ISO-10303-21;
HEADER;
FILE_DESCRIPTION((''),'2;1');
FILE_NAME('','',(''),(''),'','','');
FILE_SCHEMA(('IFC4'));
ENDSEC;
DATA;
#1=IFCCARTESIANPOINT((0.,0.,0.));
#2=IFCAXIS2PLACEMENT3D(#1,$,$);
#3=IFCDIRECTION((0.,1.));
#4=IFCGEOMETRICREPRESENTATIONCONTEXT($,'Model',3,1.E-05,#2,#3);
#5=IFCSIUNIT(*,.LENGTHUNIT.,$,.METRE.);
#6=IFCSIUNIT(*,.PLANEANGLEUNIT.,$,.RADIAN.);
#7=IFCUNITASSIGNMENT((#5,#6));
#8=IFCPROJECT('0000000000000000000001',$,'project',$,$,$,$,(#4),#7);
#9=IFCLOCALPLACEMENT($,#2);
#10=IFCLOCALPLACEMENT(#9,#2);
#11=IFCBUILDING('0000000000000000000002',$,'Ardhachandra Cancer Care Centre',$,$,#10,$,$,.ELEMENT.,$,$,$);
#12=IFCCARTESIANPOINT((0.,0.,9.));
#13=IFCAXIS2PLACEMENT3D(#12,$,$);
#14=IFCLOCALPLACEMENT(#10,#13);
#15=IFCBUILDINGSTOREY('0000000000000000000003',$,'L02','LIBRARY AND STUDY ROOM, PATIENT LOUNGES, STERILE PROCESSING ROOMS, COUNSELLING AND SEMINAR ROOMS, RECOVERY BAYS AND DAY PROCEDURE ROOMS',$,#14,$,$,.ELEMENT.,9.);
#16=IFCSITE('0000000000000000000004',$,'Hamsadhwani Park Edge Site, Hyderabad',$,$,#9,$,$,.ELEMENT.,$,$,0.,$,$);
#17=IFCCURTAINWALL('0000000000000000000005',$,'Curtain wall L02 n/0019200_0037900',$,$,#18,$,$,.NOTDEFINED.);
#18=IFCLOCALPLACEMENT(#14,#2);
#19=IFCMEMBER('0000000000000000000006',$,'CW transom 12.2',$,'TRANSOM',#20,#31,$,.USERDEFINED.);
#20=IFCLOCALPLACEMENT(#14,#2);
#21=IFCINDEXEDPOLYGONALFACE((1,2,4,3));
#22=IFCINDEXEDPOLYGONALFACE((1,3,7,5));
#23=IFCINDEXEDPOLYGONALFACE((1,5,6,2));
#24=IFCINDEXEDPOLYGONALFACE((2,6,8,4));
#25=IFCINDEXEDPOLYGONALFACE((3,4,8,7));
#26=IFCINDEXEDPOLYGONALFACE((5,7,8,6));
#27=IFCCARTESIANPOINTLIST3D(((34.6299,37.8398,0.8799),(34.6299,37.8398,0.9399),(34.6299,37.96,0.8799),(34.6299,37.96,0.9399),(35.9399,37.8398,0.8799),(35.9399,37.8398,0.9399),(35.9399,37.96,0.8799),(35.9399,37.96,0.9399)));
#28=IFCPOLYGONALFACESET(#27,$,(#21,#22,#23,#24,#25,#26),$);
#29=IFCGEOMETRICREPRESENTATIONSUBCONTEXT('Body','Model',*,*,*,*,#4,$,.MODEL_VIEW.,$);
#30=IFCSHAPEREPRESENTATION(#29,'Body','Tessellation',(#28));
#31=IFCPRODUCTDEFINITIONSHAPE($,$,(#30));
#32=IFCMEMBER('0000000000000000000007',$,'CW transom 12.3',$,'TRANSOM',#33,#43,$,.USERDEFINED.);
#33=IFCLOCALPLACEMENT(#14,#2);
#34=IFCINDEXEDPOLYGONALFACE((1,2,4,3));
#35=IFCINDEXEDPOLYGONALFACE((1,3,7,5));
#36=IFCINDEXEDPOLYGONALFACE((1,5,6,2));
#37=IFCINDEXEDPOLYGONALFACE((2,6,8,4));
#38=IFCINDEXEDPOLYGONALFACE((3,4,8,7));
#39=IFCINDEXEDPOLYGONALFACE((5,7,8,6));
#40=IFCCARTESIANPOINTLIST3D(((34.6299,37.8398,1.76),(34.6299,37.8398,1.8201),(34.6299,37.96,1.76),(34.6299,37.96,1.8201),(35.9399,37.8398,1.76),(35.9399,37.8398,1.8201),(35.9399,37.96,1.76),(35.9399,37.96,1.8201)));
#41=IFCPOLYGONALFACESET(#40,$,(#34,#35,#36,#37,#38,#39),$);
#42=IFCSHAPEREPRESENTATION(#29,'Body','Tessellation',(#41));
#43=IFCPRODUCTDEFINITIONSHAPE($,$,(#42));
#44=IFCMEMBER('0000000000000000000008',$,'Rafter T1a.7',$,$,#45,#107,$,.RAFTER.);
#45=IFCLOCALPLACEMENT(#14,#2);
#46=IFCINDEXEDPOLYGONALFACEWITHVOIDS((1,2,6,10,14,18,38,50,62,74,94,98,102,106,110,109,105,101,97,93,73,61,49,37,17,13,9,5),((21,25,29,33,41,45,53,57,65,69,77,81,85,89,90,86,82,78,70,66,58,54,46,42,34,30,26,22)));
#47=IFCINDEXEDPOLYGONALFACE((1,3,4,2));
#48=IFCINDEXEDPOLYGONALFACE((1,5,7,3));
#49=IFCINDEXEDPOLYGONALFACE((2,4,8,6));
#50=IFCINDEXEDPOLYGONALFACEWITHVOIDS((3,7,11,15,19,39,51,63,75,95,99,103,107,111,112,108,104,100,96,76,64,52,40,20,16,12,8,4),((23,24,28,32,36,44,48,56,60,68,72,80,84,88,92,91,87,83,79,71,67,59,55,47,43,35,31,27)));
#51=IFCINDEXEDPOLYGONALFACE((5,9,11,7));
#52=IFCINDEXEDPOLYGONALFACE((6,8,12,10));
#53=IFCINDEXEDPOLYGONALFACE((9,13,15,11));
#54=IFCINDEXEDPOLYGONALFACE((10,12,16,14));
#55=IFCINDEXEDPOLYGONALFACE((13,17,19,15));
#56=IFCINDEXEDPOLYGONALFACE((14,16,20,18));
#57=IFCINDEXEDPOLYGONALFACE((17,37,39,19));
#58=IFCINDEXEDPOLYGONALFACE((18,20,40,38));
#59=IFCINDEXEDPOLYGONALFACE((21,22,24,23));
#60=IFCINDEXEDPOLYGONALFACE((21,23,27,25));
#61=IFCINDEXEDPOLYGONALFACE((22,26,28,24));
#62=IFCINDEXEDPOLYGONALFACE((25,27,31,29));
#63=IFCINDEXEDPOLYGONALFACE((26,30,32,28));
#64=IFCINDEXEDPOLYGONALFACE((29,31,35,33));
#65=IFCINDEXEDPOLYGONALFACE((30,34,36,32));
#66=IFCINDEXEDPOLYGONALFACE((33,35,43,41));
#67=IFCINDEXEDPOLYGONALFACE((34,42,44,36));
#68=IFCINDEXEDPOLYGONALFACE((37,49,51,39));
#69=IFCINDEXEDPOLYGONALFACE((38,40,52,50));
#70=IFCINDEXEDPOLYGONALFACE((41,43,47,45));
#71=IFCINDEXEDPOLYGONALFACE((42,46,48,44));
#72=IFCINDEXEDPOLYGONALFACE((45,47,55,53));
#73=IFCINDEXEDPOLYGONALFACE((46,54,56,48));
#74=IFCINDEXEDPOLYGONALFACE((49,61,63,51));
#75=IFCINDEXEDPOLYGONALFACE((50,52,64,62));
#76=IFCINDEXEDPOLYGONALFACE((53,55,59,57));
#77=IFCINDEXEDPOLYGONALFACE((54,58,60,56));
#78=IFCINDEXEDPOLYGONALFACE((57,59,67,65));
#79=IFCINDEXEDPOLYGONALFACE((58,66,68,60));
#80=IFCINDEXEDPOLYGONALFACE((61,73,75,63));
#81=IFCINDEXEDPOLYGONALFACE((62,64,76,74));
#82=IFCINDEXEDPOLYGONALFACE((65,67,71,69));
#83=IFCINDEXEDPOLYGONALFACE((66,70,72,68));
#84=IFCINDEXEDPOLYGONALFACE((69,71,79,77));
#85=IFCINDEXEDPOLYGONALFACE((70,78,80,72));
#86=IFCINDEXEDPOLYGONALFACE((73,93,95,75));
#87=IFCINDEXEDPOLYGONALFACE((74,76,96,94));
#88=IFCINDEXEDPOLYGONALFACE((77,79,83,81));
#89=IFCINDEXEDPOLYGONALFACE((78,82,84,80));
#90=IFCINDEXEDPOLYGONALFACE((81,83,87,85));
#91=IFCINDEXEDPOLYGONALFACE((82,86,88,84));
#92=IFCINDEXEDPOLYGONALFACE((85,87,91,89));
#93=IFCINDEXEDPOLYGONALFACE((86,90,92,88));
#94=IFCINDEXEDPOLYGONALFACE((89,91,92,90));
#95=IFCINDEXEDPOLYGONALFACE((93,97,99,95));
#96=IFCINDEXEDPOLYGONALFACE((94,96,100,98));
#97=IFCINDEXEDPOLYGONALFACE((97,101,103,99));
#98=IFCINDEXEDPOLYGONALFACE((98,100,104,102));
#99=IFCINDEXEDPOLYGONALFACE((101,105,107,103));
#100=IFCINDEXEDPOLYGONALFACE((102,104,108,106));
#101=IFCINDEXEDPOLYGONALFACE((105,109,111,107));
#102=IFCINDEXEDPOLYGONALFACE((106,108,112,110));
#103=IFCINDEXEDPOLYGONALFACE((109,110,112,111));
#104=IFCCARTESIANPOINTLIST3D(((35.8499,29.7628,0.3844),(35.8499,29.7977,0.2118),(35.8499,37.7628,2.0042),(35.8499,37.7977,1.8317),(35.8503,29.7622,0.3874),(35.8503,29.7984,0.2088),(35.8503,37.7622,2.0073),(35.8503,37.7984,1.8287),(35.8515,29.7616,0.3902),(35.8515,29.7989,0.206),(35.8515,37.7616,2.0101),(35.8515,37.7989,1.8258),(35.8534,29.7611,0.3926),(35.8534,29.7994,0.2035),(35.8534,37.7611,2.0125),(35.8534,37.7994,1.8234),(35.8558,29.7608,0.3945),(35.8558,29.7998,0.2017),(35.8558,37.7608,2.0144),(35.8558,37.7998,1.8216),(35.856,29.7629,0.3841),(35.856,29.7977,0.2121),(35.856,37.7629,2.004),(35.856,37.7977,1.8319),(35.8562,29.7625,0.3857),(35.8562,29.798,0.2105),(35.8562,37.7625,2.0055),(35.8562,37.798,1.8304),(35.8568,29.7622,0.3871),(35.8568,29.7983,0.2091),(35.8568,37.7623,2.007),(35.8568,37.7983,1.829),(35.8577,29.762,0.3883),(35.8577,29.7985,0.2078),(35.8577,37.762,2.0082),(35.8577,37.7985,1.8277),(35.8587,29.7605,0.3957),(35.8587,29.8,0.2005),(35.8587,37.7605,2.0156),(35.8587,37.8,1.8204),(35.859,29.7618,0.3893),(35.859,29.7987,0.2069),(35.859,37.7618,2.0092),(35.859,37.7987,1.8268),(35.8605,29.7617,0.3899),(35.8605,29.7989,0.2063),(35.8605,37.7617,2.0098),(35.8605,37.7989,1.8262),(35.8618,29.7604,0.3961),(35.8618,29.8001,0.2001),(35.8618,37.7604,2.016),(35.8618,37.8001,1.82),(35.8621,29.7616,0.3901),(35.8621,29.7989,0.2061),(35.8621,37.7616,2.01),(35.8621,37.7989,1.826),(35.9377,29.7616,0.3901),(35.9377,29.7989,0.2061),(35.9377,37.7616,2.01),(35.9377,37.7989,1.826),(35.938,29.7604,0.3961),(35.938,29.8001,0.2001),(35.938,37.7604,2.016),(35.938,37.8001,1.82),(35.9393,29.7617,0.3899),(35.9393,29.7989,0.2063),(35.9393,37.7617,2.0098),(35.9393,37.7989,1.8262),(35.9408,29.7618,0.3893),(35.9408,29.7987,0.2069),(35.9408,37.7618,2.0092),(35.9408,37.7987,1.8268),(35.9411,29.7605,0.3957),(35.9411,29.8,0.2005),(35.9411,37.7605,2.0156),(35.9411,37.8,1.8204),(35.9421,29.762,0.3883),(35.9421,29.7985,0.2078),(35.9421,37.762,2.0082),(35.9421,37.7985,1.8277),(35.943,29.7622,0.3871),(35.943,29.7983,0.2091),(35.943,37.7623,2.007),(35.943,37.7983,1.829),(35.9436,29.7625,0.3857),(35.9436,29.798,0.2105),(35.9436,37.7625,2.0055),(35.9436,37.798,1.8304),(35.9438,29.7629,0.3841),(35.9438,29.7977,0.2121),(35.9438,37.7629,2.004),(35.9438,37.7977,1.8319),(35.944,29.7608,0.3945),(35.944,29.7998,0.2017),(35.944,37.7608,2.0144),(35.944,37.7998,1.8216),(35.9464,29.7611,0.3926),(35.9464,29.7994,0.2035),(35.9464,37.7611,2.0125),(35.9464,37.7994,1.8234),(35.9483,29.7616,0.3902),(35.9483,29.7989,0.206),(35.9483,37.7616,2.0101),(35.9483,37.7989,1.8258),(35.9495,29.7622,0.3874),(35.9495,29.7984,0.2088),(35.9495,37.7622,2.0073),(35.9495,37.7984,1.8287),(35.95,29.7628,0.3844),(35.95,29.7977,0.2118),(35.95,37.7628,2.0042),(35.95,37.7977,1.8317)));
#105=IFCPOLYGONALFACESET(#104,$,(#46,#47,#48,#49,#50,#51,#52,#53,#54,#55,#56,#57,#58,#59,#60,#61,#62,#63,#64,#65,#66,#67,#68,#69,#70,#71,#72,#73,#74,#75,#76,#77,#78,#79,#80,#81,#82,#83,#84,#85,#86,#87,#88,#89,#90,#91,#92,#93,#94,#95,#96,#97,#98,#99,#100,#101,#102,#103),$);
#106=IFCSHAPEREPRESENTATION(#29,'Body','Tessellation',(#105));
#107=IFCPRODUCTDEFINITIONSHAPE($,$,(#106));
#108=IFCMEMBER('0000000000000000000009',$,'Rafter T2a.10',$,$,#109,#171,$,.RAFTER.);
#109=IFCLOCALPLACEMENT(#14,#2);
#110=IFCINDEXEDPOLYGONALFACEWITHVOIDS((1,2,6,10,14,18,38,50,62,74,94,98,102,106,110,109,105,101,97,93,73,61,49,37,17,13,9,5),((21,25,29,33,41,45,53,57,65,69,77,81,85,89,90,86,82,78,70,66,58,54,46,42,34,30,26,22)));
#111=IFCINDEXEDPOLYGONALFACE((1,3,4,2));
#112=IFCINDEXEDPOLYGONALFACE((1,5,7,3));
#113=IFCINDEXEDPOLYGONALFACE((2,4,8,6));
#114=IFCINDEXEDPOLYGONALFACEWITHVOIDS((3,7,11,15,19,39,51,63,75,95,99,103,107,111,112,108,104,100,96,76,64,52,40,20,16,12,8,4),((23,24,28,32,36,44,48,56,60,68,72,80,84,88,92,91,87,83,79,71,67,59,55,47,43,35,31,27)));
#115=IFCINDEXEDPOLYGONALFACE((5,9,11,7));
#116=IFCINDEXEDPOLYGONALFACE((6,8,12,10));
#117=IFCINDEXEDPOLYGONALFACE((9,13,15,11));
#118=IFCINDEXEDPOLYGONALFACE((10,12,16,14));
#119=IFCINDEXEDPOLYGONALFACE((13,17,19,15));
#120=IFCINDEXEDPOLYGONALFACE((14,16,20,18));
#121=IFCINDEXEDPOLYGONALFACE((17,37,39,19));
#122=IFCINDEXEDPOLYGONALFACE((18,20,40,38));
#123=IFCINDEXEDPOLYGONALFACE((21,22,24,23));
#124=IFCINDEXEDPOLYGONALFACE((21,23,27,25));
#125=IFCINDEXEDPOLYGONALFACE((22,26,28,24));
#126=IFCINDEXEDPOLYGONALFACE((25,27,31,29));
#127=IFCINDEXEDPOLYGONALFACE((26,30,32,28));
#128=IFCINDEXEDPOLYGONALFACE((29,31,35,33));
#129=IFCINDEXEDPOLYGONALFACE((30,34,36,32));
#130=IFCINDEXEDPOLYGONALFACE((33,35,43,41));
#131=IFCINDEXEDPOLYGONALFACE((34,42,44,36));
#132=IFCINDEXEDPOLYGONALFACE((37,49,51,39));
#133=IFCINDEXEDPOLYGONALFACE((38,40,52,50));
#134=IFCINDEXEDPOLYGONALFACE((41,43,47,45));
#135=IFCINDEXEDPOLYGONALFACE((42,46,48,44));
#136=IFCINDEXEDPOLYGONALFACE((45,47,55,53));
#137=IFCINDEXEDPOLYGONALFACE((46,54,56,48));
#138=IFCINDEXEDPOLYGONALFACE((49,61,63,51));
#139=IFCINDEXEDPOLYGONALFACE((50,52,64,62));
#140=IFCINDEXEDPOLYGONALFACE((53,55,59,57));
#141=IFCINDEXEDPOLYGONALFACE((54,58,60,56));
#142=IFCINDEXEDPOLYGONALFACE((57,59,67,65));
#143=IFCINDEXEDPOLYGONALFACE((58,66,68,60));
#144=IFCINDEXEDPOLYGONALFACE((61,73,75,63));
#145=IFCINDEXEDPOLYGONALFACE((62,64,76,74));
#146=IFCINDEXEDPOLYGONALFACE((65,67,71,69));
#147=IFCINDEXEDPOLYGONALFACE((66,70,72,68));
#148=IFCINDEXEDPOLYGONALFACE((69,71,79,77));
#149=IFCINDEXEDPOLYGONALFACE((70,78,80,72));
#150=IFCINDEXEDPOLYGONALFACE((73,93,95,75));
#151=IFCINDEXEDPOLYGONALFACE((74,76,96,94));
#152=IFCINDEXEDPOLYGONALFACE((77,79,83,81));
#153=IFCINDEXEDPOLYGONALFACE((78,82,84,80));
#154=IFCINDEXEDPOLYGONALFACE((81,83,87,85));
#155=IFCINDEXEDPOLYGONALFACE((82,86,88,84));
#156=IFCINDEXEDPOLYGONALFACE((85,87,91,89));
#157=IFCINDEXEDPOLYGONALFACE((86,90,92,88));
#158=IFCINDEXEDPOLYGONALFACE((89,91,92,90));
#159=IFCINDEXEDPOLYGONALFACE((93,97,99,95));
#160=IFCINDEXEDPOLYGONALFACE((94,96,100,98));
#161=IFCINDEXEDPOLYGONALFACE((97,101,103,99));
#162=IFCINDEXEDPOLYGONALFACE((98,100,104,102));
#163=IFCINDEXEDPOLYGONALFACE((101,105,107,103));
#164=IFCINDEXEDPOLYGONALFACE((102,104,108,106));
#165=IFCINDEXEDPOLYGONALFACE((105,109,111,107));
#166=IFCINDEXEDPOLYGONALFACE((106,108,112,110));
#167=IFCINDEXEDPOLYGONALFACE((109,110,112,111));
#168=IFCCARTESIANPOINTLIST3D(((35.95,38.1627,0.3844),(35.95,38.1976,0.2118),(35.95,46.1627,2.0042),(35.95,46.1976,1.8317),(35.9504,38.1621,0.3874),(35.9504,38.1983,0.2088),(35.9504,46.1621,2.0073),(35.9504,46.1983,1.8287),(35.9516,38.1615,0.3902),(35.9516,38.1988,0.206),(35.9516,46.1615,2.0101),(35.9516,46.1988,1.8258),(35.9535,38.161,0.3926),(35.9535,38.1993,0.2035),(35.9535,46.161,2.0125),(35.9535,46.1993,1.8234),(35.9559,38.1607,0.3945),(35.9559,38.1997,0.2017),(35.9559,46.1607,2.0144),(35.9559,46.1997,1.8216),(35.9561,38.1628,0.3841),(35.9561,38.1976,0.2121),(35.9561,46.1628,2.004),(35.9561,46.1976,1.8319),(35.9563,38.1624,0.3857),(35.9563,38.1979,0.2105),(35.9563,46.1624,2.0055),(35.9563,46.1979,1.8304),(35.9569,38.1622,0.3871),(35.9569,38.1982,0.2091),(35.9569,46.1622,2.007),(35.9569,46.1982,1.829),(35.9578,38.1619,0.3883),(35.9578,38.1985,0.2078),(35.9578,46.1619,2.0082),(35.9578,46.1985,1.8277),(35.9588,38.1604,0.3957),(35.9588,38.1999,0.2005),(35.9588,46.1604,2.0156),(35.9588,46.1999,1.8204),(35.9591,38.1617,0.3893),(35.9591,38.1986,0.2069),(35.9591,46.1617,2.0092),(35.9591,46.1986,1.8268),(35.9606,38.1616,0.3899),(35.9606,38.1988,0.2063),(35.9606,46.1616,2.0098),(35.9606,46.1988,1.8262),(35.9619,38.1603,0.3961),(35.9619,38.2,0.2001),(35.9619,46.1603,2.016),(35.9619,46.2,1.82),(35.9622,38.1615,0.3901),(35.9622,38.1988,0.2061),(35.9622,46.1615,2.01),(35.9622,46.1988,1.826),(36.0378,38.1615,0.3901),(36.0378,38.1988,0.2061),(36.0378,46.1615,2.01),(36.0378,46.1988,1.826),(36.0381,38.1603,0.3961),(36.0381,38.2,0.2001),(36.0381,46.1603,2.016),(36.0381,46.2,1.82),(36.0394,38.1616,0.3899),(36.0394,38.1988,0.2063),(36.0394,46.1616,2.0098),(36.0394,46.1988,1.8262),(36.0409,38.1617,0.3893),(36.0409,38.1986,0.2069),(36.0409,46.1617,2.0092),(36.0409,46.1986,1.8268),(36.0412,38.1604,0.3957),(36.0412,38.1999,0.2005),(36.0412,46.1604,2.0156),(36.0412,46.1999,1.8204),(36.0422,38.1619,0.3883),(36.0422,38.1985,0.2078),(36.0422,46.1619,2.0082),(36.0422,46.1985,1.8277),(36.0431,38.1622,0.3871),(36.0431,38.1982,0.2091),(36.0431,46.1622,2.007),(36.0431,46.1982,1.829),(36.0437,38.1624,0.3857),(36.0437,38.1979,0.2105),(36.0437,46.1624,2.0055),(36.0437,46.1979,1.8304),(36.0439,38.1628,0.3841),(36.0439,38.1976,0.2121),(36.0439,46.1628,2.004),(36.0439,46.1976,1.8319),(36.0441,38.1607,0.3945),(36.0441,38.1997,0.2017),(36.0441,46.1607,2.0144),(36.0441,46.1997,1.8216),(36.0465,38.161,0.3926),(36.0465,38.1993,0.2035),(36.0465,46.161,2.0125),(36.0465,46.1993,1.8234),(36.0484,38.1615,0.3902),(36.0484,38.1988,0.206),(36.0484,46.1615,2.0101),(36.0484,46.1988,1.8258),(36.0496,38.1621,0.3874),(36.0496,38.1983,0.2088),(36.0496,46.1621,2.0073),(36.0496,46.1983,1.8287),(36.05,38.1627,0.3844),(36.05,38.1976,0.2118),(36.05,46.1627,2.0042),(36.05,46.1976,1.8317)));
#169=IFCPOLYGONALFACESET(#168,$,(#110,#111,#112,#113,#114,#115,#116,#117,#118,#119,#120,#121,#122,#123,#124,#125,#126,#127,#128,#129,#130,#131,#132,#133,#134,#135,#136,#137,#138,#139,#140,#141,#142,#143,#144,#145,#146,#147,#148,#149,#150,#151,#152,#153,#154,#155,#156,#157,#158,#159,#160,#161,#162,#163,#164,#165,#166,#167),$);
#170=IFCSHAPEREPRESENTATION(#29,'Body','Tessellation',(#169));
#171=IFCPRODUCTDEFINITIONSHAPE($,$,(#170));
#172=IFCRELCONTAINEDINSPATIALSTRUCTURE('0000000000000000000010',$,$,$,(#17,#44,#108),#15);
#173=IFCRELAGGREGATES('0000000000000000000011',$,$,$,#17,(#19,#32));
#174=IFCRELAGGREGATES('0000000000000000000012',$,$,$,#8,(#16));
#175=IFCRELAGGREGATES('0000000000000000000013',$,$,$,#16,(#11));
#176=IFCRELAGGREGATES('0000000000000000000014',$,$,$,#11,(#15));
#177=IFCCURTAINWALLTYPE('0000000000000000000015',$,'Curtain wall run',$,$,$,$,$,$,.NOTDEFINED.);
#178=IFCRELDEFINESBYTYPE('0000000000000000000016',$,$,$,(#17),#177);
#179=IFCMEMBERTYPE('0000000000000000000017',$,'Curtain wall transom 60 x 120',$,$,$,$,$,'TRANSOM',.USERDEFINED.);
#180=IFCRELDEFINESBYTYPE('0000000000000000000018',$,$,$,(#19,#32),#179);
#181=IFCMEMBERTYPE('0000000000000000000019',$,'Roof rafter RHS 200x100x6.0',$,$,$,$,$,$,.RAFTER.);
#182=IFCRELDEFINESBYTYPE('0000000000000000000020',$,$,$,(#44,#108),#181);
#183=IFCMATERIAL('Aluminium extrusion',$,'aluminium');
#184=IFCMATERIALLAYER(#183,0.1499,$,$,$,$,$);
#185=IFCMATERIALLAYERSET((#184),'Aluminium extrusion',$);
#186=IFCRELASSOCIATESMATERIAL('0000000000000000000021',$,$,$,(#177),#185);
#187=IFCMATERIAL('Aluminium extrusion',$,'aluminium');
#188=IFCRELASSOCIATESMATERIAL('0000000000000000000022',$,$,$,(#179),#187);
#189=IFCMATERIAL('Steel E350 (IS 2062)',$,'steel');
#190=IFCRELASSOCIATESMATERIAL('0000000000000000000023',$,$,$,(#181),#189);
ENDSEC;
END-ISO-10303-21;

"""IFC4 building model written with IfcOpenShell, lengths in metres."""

from ifc_helpers import new_model, si_unit, direction, frame, origin, origin_2d, place, context, subcontext, project, spatial, rectangle, hollow_rectangle, extrude, material, layer, layer_set, material_profile, profile_set, type_object, element, aggregate, save


model = new_model("IFC4")

# Units and contexts
model_context = context("Model", 3, precision=1e-05, world=origin(), true_north=direction((0.0, 1.0)))
body_context = subcontext(model_context, "Body", "Model", "MODEL_VIEW")
ifc_project = project(units=[si_unit("LENGTHUNIT", "METRE"), si_unit("PLANEANGLEUNIT", "RADIAN")], contexts=[model_context])

# Site, building, storey
site_placement = place(None, origin())
site = spatial("IfcSite", under=ifc_project, at=site_placement, Name="Hamsadhwani Park Edge Site, Hyderabad", CompositionType="ELEMENT", RefElevation=0.0)
building_placement = place(site_placement, origin())
building = spatial("IfcBuilding", under=site, at=building_placement, Name="Ardhachandra Cancer Care Centre", CompositionType="ELEMENT")
storey_placement = place(building_placement, frame((0.0, 0.0, 9.0)))
storey = spatial("IfcBuildingStorey", under=building, at=storey_placement, Name="L02", Description="LIBRARY AND STUDY ROOM, PATIENT LOUNGES, STERILE PROCESSING ROOMS, COUNSELLING AND SEMINAR ROOMS, RECOVERY BAYS AND DAY PROCEDURE ROOMS", CompositionType="ELEMENT", Elevation=9.0)

# Curtain wall, members
ifc_material_1 = material(Name="Aluminium extrusion", Category="aluminium")
ifc_layer_1 = layer(ifc_material_1, 0.1499)
ifc_layer_set_1 = layer_set([ifc_layer_1], Name="Aluminium extrusion")
curtain_wall_type = type_object("IfcCurtainWallType", Name="Curtain wall run", PredefinedType="NOTDEFINED", material=ifc_layer_set_1)
curtain_wall_1_placement = place(storey_placement, origin())
curtain_wall_1 = element("IfcCurtainWall", 1, at=curtain_wall_1_placement, inside=storey, type_object=curtain_wall_type, Name="Curtain wall L02 n/0019200_0037900", PredefinedType="NOTDEFINED")
ifc_material_2 = material(Name="Aluminium extrusion", Category="aluminium")
ifc_material_profile_1 = material_profile(ifc_material_2, rectangle(XDim=0.1201, YDim=0.0601, at=origin_2d()), Name="Curtain wall transom 60 x 120")
ifc_profile_set_1 = profile_set([ifc_material_profile_1], Name="Aluminium extrusion")
member_type_1 = type_object("IfcMemberType", Name="Curtain wall transom 60 x 120", ElementType="TRANSOM", PredefinedType="USERDEFINED", material=ifc_profile_set_1)
member_1_placement = place(storey_placement, frame((34.6299, 37.8999, 0.9099), z_axis=(1.0, 0.0, 0.0), x_axis=(0.0, 1.0, 0.0)))
member_1 = element("IfcMember", 2, at=member_1_placement, type_object=member_type_1, Name="CW transom 12.2", ObjectType="TRANSOM", PredefinedType="USERDEFINED", context=body_context, shape_type="SweptSolid", body=[
    extrude(rectangle(XDim=0.1201, YDim=0.0601, at=origin_2d()), origin(), (0.0, 0.0, 1.0), 1.3101),
])
member_2_placement = place(storey_placement, frame((34.6299, 37.8999, 1.79), z_axis=(1.0, 0.0, 0.0), x_axis=(0.0, 1.0, 0.0)))
member_2 = element("IfcMember", 3, at=member_2_placement, type_object=member_type_1, Name="CW transom 12.3", ObjectType="TRANSOM", PredefinedType="USERDEFINED", context=body_context, shape_type="SweptSolid", body=[
    extrude(rectangle(XDim=0.1201, YDim=0.0601, at=origin_2d()), origin(), (0.0, 0.0, 1.0), 1.3101),
])

# Members
ifc_material_3 = material(Name="Steel E350 (IS 2062)", Category="steel")
ifc_material_profile_2 = material_profile(ifc_material_3, hollow_rectangle(XDim=0.1001, YDim=0.2, WallThickness=0.0061, InnerFilletRadius=0.0061, OuterFilletRadius=0.012, at=origin_2d()), Name="RHS 200x100x6.0")
ifc_profile_set_2 = profile_set([ifc_material_profile_2], Name="Steel E350 (IS 2062)")
member_type_2 = type_object("IfcMemberType", Name="Roof rafter RHS 200x100x6.0", PredefinedType="RAFTER", material=ifc_profile_set_2)
for number, where, z_axis, x_axis, name in (
    (4, (35.8999, 29.7803, 0.2981), (0.0, 0.98011, 0.198457), (-1.0, 0.0, 0.0), "Rafter T1a.7"),
    (5, (36.0, 38.1802, 0.2981), (0.0, 0.98011, 0.198457), (-1.0, 0.0, 0.0), "Rafter T2a.10"),
):
    element("IfcMember", number, at=place(storey_placement, frame(where, z_axis=z_axis, x_axis=x_axis)), inside=storey, type_object=member_type_2, Name=name, PredefinedType="RAFTER", context=body_context, shape_type="SweptSolid", body=[
        extrude(hollow_rectangle(XDim=0.1001, YDim=0.2, WallThickness=0.0061, InnerFilletRadius=0.0061, OuterFilletRadius=0.012, at=origin_2d()), origin(), (0.0, 0.0, 1.0), 8.1624),
    ])

aggregate(curtain_wall_1, [member_1, member_2])

save(model, "model.ifc")
